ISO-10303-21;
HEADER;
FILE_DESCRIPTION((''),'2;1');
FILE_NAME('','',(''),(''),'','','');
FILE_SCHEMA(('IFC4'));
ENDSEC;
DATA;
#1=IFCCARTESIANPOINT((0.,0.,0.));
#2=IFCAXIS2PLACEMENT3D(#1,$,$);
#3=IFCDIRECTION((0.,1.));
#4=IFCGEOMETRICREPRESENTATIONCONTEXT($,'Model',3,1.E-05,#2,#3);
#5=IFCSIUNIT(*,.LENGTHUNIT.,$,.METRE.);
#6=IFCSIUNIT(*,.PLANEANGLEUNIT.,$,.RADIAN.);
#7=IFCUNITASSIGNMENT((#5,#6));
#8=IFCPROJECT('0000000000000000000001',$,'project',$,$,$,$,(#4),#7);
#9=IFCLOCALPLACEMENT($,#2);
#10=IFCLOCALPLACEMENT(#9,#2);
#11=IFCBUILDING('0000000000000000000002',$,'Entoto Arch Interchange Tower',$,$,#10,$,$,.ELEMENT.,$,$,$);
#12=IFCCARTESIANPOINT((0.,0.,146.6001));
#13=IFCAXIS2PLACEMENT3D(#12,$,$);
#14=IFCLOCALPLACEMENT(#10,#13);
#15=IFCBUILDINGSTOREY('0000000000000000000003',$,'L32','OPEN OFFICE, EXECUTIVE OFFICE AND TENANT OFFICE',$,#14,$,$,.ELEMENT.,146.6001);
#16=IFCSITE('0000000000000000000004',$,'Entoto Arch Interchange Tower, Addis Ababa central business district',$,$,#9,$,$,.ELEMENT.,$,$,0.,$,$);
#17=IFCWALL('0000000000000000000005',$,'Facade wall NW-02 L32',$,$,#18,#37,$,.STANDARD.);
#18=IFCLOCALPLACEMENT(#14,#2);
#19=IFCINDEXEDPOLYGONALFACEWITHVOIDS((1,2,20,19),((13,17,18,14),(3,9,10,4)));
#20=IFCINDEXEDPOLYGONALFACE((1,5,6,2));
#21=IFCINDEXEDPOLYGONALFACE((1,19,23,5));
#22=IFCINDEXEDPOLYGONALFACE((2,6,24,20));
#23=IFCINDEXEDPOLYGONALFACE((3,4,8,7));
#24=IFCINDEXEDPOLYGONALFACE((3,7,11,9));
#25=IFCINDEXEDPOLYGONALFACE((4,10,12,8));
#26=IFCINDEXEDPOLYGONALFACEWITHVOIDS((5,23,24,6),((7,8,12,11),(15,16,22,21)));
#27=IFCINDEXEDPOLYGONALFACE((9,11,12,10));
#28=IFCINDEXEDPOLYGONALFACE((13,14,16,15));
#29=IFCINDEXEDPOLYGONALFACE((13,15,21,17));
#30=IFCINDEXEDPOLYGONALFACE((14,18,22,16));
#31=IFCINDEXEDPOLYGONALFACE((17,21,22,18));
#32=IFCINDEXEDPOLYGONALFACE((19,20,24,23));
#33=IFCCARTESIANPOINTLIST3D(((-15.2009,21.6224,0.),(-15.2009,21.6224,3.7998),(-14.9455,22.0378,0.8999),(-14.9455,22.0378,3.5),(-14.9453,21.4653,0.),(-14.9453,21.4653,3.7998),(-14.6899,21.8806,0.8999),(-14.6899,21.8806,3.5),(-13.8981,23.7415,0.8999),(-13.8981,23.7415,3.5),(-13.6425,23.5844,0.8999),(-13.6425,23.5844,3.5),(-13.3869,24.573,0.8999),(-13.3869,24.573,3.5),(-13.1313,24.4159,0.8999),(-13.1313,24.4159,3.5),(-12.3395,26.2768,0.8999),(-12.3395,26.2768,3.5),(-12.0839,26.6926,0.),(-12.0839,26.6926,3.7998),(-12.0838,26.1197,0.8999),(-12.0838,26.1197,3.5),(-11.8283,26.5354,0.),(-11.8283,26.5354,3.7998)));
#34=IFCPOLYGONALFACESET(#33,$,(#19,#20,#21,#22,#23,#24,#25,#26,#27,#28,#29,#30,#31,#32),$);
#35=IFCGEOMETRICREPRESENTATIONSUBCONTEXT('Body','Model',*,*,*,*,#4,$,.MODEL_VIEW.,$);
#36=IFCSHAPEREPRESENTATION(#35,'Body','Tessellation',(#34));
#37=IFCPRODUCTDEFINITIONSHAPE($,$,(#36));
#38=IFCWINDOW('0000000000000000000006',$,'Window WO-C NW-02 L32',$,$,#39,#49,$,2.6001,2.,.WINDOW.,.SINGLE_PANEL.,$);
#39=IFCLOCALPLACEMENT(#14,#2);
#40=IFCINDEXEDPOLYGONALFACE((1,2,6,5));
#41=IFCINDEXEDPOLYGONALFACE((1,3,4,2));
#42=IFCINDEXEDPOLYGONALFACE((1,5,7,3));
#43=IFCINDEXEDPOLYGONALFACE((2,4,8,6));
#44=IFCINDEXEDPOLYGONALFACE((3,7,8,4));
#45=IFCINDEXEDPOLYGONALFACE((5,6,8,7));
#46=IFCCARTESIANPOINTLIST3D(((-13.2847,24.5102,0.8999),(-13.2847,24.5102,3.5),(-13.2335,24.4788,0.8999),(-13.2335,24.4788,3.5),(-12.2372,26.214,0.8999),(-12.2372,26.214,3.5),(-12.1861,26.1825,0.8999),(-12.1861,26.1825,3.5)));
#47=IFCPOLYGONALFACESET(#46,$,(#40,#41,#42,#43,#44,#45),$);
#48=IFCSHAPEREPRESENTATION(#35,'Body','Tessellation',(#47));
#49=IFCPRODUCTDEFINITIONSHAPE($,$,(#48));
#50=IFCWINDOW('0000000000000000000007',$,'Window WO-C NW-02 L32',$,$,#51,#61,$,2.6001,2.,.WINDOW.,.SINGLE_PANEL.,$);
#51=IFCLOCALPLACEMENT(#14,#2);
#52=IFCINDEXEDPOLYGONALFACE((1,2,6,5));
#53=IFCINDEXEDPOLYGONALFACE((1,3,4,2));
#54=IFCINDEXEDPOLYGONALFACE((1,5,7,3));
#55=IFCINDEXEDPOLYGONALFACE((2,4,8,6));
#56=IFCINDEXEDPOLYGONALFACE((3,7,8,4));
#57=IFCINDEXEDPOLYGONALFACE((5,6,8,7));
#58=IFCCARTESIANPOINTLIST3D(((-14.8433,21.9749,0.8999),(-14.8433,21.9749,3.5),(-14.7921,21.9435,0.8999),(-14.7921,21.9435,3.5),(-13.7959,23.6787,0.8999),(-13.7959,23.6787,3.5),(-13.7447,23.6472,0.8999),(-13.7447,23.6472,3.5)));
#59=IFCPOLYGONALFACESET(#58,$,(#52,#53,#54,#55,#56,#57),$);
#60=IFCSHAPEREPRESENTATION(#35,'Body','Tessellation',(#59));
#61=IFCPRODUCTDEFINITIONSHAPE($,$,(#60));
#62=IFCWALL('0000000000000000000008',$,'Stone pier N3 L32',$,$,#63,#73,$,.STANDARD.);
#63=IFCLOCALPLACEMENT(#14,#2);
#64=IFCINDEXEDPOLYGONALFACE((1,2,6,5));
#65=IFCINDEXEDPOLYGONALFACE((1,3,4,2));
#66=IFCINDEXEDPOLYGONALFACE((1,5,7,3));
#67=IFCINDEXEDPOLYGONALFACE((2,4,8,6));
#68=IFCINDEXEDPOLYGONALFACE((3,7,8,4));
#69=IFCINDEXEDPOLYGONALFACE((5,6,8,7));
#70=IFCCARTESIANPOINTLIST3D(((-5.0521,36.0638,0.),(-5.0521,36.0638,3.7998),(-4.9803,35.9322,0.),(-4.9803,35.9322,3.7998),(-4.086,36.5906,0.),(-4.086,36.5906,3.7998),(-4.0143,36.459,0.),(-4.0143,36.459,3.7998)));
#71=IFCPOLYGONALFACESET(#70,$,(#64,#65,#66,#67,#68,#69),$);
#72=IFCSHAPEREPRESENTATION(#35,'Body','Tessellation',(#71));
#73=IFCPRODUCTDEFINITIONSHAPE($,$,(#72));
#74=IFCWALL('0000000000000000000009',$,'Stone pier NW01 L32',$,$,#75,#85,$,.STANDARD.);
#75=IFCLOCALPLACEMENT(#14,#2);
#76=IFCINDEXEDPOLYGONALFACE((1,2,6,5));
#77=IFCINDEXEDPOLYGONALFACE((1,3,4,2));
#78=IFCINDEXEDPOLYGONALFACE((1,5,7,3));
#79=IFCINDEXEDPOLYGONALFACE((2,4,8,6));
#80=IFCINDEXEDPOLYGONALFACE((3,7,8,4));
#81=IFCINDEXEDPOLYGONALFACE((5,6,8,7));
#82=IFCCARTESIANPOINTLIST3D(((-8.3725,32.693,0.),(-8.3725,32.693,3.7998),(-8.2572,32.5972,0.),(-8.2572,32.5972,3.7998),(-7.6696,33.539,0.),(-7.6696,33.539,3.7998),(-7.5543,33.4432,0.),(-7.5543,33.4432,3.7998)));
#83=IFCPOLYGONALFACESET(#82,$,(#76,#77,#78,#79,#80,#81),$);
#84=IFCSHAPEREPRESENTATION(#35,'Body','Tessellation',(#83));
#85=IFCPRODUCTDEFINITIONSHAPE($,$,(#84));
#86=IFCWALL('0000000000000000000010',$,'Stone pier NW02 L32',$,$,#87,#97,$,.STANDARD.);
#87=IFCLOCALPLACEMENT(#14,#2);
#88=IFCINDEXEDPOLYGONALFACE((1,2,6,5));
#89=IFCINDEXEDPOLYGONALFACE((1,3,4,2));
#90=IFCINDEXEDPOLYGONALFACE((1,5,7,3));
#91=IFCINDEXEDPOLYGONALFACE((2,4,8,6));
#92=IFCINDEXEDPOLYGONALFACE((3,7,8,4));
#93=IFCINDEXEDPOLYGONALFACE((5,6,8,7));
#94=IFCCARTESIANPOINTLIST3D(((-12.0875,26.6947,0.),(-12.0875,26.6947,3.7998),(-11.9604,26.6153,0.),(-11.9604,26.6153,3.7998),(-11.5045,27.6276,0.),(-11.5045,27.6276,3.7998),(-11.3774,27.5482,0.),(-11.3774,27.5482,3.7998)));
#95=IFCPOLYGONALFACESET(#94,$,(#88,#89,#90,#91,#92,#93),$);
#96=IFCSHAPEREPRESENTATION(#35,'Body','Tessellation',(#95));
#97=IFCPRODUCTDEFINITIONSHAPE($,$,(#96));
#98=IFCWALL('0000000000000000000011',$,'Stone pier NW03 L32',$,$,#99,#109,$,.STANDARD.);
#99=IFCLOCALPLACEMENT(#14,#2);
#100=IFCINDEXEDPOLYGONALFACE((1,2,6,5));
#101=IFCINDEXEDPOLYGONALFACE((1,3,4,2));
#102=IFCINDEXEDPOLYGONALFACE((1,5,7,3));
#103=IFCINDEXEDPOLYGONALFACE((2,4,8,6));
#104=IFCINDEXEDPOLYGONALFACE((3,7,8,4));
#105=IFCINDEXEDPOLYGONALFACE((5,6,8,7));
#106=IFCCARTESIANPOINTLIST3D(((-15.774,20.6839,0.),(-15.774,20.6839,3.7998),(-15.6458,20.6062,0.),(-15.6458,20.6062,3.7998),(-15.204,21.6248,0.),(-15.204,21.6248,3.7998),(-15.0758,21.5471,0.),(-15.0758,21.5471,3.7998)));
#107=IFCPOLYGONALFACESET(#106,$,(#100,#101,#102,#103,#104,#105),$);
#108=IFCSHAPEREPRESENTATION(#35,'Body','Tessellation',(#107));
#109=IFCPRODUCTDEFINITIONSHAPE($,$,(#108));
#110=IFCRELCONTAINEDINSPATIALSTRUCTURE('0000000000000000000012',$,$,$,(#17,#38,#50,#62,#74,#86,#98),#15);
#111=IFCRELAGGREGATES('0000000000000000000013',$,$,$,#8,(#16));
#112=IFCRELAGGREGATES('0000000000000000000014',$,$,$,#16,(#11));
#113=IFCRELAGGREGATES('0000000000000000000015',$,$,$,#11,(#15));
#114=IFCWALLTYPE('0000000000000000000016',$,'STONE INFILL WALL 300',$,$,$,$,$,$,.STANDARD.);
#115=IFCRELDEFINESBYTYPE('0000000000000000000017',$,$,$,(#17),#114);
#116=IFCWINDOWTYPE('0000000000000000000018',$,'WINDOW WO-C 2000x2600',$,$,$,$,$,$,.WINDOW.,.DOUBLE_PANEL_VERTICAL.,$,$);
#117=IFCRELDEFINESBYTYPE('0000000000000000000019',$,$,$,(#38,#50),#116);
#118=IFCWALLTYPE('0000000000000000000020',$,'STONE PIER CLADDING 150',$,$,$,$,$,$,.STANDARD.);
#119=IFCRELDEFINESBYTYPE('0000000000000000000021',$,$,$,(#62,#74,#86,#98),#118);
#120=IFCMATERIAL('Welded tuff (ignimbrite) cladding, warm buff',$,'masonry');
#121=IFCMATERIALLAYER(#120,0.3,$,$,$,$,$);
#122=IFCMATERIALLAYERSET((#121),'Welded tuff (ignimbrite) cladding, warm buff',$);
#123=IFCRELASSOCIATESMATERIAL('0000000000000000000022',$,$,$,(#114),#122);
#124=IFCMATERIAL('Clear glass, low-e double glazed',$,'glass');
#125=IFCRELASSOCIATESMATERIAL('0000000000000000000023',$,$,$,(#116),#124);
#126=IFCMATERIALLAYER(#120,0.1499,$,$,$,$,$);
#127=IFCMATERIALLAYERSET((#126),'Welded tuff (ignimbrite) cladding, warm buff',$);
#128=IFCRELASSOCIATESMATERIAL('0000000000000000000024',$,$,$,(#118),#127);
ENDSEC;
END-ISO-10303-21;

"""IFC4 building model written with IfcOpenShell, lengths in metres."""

from ifc_helpers import new_model, si_unit, direction, frame, frame_2d, origin, place, context, subcontext, project, spatial, rectangle, extrude, material, layer, layer_set, type_object, element, fill, save


model = new_model("IFC4")

# Units and contexts
model_context = context("Model", 3, precision=1e-05, world=origin(), true_north=direction((0.0, 1.0)))
body_context = subcontext(model_context, "Body", "Model", "MODEL_VIEW")
ifc_project = project(units=[si_unit("LENGTHUNIT", "METRE"), si_unit("PLANEANGLEUNIT", "RADIAN")], contexts=[model_context])

# Site, building, storey
site_placement = place(None, origin())
site = spatial("IfcSite", under=ifc_project, at=site_placement, Name="Entoto Arch Interchange Tower, Addis Ababa central business district", CompositionType="ELEMENT", RefElevation=0.0)
building_placement = place(site_placement, origin())
building = spatial("IfcBuilding", under=site, at=building_placement, Name="Entoto Arch Interchange Tower", CompositionType="ELEMENT")
storey_placement = place(building_placement, frame((0.0, 0.0, 146.6001)))
storey = spatial("IfcBuildingStorey", under=building, at=storey_placement, Name="L32", Description="OPEN OFFICE, EXECUTIVE OFFICE AND TENANT OFFICE", CompositionType="ELEMENT", Elevation=146.6001)

# Shared definitions
ifc_material_1 = material(Name="Welded tuff (ignimbrite) cladding, warm buff", Category="masonry")
ifc_layer_1 = layer(ifc_material_1, 0.3)
ifc_layer_set_1 = layer_set([ifc_layer_1], Name="Welded tuff (ignimbrite) cladding, warm buff")
wall_type_1 = type_object("IfcWallType", Name="STONE INFILL WALL 300", PredefinedType="STANDARD", material=ifc_layer_set_1)
ifc_material_2 = material(Name="Clear glass, low-e double glazed", Category="glass")

# Wall, openings, windows
window_type_1 = type_object("IfcWindowType", Name="WINDOW WO-C 2000x2600", PartitioningType="DOUBLE_PANEL_VERTICAL", PredefinedType="WINDOW", material=ifc_material_2)
wall_1_placement = place(storey_placement, frame((-11.9561, 26.614, 0.0), z_axis=(0.0, 0.0, 1.0), x_axis=(-0.52372, -0.851891, 0.0)))
wall_1 = element("IfcWall", 1, at=wall_1_placement, inside=storey, type_object=wall_type_1, Name="Facade wall NW-02 L32", PredefinedType="STANDARD", context=body_context, shape_type="SweptSolid", body=[
    extrude(rectangle(XDim=5.9517, YDim=0.3, at=frame_2d((2.9758, 0.0))), origin(), (0.0, 0.0, 1.0), 3.7998),
])
opening_1_placement = place(wall_1_placement, frame((0.488, 0.0, 0.8999)))
opening_1 = element("IfcOpeningElement", 2, at=opening_1_placement, cuts=wall_1, PredefinedType="OPENING", context=body_context, shape_type="SweptSolid", body=[
    extrude(rectangle(XDim=2.0, YDim=2.6001, at=frame_2d((1.0, 1.3))), frame((0.0, 0.1602, 0.0), z_axis=(0.0, -1.0, 0.0), x_axis=(1.0, 0.0, 0.0)), (0.0, 0.0, 1.0), 0.3201),
])
opening_2_placement = place(wall_1_placement, frame((3.4641, 0.0, 0.8999)))
opening_2 = element("IfcOpeningElement", 3, at=opening_2_placement, cuts=wall_1, PredefinedType="OPENING", context=body_context, shape_type="SweptSolid", body=[
    extrude(rectangle(XDim=2.0, YDim=2.6001, at=frame_2d((1.0, 1.3))), frame((0.0, 0.1602, 0.0), z_axis=(0.0, -1.0, 0.0), x_axis=(1.0, 0.0, 0.0)), (0.0, 0.0, 1.0), 0.3201),
])
window_1_placement = place(opening_1_placement, origin())
window_1 = element("IfcWindow", 4, at=window_1_placement, inside=storey, type_object=window_type_1, Name="Window WO-C NW-02 L32", OverallHeight=2.6001, OverallWidth=2.0, PartitioningType="SINGLE_PANEL", PredefinedType="WINDOW", context=body_context, shape_type="SweptSolid", body=[
    extrude(rectangle(XDim=2.0, YDim=2.6001, at=frame_2d((1.0, 1.3))), frame((0.0, 0.03, 0.0), z_axis=(0.0, -1.0, 0.0), x_axis=(1.0, 0.0, 0.0)), (0.0, 0.0, 1.0), 0.0601),
])
fill(opening_1, window_1)
window_2_placement = place(opening_2_placement, origin())
window_2 = element("IfcWindow", 5, at=window_2_placement, inside=storey, type_object=window_type_1, Name="Window WO-C NW-02 L32", OverallHeight=2.6001, OverallWidth=2.0, PartitioningType="SINGLE_PANEL", PredefinedType="WINDOW", context=body_context, shape_type="SweptSolid", body=[
    extrude(rectangle(XDim=2.0, YDim=2.6001, at=frame_2d((1.0, 1.3))), frame((0.0, 0.03, 0.0), z_axis=(0.0, -1.0, 0.0), x_axis=(1.0, 0.0, 0.0)), (0.0, 0.0, 1.0), 0.0601),
])
fill(opening_2, window_2)

# Walls
ifc_layer_2 = layer(ifc_material_1, 0.1499)
ifc_layer_set_2 = layer_set([ifc_layer_2], Name="Welded tuff (ignimbrite) cladding, warm buff")
wall_type_2 = type_object("IfcWallType", Name="STONE PIER CLADDING 150", PredefinedType="STANDARD", material=ifc_layer_set_2)
wall_2_placement = place(storey_placement, frame((-4.05, 36.5249, 0.0), z_axis=(0.0, 0.0, 1.0), x_axis=(-0.877929, -0.47879, 0.0)))
element("IfcWall", 6, at=wall_2_placement, inside=storey, type_object=wall_type_2, Name="Stone pier N3 L32", PredefinedType="STANDARD", context=body_context, shape_type="SweptSolid", body=[
    extrude(rectangle(XDim=1.1003, YDim=0.1499, at=frame_2d((0.5503, 0.0))), origin(), (0.0, 0.0, 1.0), 3.7998),
])
wall_3_placement = place(storey_placement, frame((-7.6121, 33.491, 0.0), z_axis=(0.0, 0.0, 1.0), x_axis=(-0.63907, -0.769148, 0.0)))
element("IfcWall", 7, at=wall_3_placement, inside=storey, type_object=wall_type_2, Name="Stone pier NW01 L32", PredefinedType="STANDARD", context=body_context, shape_type="SweptSolid", body=[
    extrude(rectangle(XDim=1.0999, YDim=0.1499, at=frame_2d((0.5498, 0.0))), origin(), (0.0, 0.0, 1.0), 3.7998),
])
for number, where, z_axis, x_axis, name in (
    (8, (-11.4409, 27.5879, 0.0), (0.0, 0.0, 1.0), (-0.529979, -0.848011, 0.0), "Stone pier NW02 L32"),
    (9, (-15.1399, 21.5859, 0.0), (0.0, 0.0, 1.0), (-0.518179, -0.855272, 0.0), "Stone pier NW03 L32"),
):
    element("IfcWall", number, at=place(storey_placement, frame(where, z_axis=z_axis, x_axis=x_axis)), inside=storey, type_object=wall_type_2, Name=name, PredefinedType="STANDARD", context=body_context, shape_type="SweptSolid", body=[
        extrude(rectangle(XDim=1.1001, YDim=0.1499, at=frame_2d((0.55, 0.0))), origin(), (0.0, 0.0, 1.0), 3.7998),
    ])

save(model, "model.ifc")
